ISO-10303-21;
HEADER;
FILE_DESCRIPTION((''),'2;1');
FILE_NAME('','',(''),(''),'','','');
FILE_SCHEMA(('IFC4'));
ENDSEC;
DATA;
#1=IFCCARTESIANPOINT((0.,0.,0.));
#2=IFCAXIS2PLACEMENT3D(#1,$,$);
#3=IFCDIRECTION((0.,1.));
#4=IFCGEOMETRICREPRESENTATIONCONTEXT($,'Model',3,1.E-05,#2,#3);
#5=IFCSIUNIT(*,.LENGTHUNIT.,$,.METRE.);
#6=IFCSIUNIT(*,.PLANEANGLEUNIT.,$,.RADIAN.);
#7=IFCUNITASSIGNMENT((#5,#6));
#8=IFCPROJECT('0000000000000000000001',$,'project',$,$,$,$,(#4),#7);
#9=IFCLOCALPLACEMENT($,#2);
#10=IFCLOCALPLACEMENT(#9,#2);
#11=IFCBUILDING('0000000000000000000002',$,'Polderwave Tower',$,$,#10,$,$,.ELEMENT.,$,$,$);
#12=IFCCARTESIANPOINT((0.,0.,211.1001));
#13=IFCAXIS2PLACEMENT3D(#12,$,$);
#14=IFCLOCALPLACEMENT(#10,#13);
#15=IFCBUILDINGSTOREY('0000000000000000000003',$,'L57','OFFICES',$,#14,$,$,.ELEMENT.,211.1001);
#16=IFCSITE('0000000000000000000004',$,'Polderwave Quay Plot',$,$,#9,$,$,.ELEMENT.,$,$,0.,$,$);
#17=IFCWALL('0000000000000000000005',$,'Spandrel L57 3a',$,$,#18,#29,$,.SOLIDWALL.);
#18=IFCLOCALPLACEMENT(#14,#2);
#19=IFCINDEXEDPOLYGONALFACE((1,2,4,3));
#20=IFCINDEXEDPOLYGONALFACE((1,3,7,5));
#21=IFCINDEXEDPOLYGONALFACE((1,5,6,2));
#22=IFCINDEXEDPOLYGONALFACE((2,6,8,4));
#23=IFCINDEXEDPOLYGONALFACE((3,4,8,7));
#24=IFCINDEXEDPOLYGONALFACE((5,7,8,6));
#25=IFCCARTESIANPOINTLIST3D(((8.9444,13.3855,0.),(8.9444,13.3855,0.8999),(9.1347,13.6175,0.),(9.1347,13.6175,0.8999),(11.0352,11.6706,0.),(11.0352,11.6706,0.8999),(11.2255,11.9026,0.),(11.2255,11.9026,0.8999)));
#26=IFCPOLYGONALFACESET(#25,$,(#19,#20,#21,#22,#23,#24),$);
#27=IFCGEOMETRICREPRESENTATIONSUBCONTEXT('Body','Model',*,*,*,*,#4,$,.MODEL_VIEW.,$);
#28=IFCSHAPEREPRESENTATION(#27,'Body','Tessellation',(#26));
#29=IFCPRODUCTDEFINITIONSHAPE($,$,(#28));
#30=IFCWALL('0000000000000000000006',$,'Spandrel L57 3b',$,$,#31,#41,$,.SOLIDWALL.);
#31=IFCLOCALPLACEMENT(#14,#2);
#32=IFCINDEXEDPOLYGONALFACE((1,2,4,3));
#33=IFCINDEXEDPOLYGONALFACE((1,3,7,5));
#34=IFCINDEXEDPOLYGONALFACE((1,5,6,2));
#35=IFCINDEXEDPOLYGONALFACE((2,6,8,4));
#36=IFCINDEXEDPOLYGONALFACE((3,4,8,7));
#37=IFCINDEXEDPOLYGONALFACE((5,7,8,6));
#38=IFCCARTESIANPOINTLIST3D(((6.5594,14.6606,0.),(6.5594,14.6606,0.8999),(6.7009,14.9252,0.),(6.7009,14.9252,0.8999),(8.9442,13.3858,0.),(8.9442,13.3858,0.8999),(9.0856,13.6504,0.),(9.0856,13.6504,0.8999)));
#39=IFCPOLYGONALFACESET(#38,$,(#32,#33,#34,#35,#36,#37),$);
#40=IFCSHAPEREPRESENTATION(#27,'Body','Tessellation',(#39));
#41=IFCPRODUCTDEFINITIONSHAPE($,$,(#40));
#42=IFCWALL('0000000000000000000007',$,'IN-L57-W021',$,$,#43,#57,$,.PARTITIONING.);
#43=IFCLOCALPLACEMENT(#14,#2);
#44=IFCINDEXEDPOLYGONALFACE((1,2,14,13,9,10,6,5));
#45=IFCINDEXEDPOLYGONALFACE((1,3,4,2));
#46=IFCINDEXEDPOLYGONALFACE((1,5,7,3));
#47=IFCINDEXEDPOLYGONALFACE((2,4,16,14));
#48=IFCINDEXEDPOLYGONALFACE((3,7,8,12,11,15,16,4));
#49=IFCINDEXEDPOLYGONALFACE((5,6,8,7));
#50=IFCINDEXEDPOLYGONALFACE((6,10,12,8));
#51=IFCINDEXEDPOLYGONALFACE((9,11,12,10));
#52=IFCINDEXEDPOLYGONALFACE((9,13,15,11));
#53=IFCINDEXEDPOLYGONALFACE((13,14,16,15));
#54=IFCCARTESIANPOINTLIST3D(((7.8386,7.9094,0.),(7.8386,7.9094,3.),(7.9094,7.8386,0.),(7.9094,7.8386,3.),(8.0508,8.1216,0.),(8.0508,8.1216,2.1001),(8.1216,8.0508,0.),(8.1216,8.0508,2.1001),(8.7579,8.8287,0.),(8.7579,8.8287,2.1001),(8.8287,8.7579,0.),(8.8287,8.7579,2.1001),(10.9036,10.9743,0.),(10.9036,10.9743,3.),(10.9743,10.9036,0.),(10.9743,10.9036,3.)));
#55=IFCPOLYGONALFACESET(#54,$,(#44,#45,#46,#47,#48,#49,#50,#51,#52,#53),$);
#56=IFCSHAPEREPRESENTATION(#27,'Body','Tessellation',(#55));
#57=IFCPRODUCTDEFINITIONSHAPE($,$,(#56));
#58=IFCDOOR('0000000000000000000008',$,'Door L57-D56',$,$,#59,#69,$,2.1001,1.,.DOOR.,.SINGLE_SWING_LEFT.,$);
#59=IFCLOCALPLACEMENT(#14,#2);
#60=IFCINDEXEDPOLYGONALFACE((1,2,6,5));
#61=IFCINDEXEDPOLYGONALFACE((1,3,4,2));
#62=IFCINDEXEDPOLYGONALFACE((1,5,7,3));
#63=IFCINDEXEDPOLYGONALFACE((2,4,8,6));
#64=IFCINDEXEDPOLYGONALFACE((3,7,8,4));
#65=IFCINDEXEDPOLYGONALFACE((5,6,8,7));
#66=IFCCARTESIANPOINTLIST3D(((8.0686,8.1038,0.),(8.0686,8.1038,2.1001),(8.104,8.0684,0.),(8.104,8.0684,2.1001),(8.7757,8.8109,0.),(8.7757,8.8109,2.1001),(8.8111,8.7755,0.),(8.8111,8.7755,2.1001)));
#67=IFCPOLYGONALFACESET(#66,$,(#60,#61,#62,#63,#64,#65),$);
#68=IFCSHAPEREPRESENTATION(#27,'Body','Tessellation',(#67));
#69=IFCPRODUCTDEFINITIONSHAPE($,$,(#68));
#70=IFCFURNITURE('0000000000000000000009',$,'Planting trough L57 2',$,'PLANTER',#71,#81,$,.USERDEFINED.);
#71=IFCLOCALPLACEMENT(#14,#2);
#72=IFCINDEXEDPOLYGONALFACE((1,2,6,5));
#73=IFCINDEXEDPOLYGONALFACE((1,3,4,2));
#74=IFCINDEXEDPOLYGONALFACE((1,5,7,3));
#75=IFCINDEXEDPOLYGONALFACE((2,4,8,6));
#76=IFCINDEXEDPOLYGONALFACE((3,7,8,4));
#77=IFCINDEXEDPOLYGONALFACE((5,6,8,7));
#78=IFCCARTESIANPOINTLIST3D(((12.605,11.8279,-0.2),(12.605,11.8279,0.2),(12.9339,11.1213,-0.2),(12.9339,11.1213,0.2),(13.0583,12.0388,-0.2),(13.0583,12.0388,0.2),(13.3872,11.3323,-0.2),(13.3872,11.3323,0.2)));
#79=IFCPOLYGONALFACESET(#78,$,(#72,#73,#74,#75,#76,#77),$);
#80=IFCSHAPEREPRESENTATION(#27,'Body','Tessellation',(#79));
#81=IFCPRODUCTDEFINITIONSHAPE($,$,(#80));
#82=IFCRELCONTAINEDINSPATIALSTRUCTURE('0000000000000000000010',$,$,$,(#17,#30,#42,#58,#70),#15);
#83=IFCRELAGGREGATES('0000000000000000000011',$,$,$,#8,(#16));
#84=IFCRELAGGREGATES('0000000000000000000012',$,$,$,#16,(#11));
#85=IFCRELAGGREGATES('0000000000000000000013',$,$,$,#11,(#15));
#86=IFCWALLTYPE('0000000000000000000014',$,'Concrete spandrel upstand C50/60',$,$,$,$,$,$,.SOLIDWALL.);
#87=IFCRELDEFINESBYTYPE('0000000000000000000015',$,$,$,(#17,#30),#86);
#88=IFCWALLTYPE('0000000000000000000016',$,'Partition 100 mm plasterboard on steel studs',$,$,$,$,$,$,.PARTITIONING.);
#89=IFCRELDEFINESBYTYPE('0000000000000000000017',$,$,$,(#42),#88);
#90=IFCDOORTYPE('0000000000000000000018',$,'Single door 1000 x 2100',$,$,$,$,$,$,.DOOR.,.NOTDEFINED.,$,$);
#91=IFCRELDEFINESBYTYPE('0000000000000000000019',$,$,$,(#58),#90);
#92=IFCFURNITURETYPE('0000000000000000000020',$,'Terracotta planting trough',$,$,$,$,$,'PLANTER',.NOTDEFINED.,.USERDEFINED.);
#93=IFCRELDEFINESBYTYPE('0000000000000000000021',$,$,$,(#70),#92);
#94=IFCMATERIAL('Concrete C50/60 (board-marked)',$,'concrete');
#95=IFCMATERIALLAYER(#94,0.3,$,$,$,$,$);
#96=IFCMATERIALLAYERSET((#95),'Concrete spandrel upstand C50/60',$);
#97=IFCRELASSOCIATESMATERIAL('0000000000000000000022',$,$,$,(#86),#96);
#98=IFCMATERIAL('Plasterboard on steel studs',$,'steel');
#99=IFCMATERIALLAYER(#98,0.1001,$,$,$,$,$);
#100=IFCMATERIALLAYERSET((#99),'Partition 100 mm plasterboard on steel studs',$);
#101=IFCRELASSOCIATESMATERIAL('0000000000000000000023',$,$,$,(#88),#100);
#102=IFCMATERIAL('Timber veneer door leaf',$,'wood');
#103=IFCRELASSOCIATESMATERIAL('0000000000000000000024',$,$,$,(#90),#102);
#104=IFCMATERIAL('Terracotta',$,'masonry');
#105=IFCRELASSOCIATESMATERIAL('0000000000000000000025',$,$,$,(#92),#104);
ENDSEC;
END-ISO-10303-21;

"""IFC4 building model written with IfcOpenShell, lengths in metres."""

from ifc_helpers import new_model, si_unit, direction, frame, frame_2d, origin, origin_2d, place, context, subcontext, project, spatial, rectangle, extrude, material, layer, layer_set, type_object, element, fill, save


model = new_model("IFC4")

# Units and contexts
model_context = context("Model", 3, precision=1e-05, world=origin(), true_north=direction((0.0, 1.0)))
body_context = subcontext(model_context, "Body", "Model", "MODEL_VIEW")
ifc_project = project(units=[si_unit("LENGTHUNIT", "METRE"), si_unit("PLANEANGLEUNIT", "RADIAN")], contexts=[model_context])

# Site, building, storey
site_placement = place(None, origin())
site = spatial("IfcSite", under=ifc_project, at=site_placement, Name="Polderwave Quay Plot", CompositionType="ELEMENT", RefElevation=0.0)
building_placement = place(site_placement, origin())
building = spatial("IfcBuilding", under=site, at=building_placement, Name="Polderwave Tower", CompositionType="ELEMENT")
storey_placement = place(building_placement, frame((0.0, 0.0, 211.1001)))
storey = spatial("IfcBuildingStorey", under=building, at=storey_placement, Name="L57", Description="OFFICES", CompositionType="ELEMENT", Elevation=211.1001)

# Walls
ifc_material_1 = material(Name="Concrete C50/60 (board-marked)", Category="concrete")
ifc_layer_1 = layer(ifc_material_1, 0.3)
ifc_layer_set_1 = layer_set([ifc_layer_1], Name="Concrete spandrel upstand C50/60")
wall_type_1 = type_object("IfcWallType", Name="Concrete spandrel upstand C50/60", PredefinedType="SOLIDWALL", material=ifc_layer_set_1)
for number, where, z_axis, x_axis, name in (
    (1, (11.1304, 11.7866, 0.0), (0.0, 0.0, 1.0), (-0.7732, 0.634162, 0.0), "Spandrel L57 3a"),
    (2, (9.0149, 13.5181, 0.0), (0.0, 0.0, 1.0), (-0.881888, 0.47146, 0.0), "Spandrel L57 3b"),
):
    element("IfcWall", number, at=place(storey_placement, frame(where, z_axis=z_axis, x_axis=x_axis)), inside=storey, type_object=wall_type_1, Name=name, PredefinedType="SOLIDWALL", context=body_context, shape_type="SweptSolid", body=[
        extrude(rectangle(XDim=2.7041, YDim=0.3, at=frame_2d((1.3521, 0.0))), origin(), (0.0, 0.0, 1.0), 0.8999),
    ])

# Wall, opening, door
ifc_material_2 = material(Name="Plasterboard on steel studs", Category="steel")
ifc_layer_2 = layer(ifc_material_2, 0.1001)
ifc_layer_set_2 = layer_set([ifc_layer_2], Name="Partition 100 mm plasterboard on steel studs")
wall_type_2 = type_object("IfcWallType", Name="Partition 100 mm plasterboard on steel studs", PredefinedType="PARTITIONING", material=ifc_layer_set_2)
wall_placement = place(storey_placement, frame((7.874, 7.874, 0.0), z_axis=(0.0, 0.0, 1.0), x_axis=(0.707107, 0.707107, 0.0)))
wall = element("IfcWall", 3, at=wall_placement, inside=storey, type_object=wall_type_2, Name="IN-L57-W021", PredefinedType="PARTITIONING", context=body_context, shape_type="SweptSolid", body=[
    extrude(rectangle(XDim=4.3345, YDim=0.1001, at=frame_2d((2.1672, 0.0))), origin(), (0.0, 0.0, 1.0), 3.0),
])
opening_placement = place(wall_placement, frame((0.3, 0.0, 0.0)))
opening = element("IfcOpeningElement", 4, at=opening_placement, cuts=wall, PredefinedType="OPENING", context=body_context, shape_type="SweptSolid", body=[
    extrude(rectangle(XDim=1.0, YDim=2.1001, at=frame_2d((0.5, 1.05))), frame((0.0, 0.0601, 0.0), z_axis=(0.0, -1.0, 0.0), x_axis=(1.0, 0.0, 0.0)), (0.0, 0.0, 1.0), 0.1201),
])
ifc_material_3 = material(Name="Timber veneer door leaf", Category="wood")
door_type = type_object("IfcDoorType", Name="Single door 1000 x 2100", OperationType="NOTDEFINED", PredefinedType="DOOR", material=ifc_material_3)
door_placement = place(opening_placement, origin())
door = element("IfcDoor", 5, at=door_placement, inside=storey, type_object=door_type, Name="Door L57-D56", OperationType="SINGLE_SWING_LEFT", OverallHeight=2.1001, OverallWidth=1.0, PredefinedType="DOOR", context=body_context, shape_type="SweptSolid", body=[
    extrude(rectangle(XDim=1.0, YDim=2.1001, at=frame_2d((0.5, 1.05))), frame((0.0, 0.0249, 0.0), z_axis=(0.0, -1.0, 0.0), x_axis=(1.0, 0.0, 0.0)), (0.0, 0.0, 1.0), 0.05),
])
fill(opening, door)

# Furniture
ifc_material_4 = material(Name="Terracotta", Category="masonry")
furniture_type = type_object("IfcFurnitureType", Name="Terracotta planting trough", ElementType="PLANTER", AssemblyPlace="NOTDEFINED", PredefinedType="USERDEFINED", material=ifc_material_4)
furniture_placement = place(storey_placement, frame((12.9961, 11.5801, -0.2), z_axis=(0.0, 0.0, 1.0), x_axis=(-0.421949, 0.90662, 0.0)))
element("IfcFurniture", 6, at=furniture_placement, inside=storey, type_object=furniture_type, Name="Planting trough L57 2", ObjectType="PLANTER", PredefinedType="USERDEFINED", context=body_context, shape_type="SweptSolid", body=[
    extrude(rectangle(XDim=0.7793, YDim=0.5, at=origin_2d()), origin(), (0.0, 0.0, 1.0), 0.3999),
])

save(model, "model.ifc")
